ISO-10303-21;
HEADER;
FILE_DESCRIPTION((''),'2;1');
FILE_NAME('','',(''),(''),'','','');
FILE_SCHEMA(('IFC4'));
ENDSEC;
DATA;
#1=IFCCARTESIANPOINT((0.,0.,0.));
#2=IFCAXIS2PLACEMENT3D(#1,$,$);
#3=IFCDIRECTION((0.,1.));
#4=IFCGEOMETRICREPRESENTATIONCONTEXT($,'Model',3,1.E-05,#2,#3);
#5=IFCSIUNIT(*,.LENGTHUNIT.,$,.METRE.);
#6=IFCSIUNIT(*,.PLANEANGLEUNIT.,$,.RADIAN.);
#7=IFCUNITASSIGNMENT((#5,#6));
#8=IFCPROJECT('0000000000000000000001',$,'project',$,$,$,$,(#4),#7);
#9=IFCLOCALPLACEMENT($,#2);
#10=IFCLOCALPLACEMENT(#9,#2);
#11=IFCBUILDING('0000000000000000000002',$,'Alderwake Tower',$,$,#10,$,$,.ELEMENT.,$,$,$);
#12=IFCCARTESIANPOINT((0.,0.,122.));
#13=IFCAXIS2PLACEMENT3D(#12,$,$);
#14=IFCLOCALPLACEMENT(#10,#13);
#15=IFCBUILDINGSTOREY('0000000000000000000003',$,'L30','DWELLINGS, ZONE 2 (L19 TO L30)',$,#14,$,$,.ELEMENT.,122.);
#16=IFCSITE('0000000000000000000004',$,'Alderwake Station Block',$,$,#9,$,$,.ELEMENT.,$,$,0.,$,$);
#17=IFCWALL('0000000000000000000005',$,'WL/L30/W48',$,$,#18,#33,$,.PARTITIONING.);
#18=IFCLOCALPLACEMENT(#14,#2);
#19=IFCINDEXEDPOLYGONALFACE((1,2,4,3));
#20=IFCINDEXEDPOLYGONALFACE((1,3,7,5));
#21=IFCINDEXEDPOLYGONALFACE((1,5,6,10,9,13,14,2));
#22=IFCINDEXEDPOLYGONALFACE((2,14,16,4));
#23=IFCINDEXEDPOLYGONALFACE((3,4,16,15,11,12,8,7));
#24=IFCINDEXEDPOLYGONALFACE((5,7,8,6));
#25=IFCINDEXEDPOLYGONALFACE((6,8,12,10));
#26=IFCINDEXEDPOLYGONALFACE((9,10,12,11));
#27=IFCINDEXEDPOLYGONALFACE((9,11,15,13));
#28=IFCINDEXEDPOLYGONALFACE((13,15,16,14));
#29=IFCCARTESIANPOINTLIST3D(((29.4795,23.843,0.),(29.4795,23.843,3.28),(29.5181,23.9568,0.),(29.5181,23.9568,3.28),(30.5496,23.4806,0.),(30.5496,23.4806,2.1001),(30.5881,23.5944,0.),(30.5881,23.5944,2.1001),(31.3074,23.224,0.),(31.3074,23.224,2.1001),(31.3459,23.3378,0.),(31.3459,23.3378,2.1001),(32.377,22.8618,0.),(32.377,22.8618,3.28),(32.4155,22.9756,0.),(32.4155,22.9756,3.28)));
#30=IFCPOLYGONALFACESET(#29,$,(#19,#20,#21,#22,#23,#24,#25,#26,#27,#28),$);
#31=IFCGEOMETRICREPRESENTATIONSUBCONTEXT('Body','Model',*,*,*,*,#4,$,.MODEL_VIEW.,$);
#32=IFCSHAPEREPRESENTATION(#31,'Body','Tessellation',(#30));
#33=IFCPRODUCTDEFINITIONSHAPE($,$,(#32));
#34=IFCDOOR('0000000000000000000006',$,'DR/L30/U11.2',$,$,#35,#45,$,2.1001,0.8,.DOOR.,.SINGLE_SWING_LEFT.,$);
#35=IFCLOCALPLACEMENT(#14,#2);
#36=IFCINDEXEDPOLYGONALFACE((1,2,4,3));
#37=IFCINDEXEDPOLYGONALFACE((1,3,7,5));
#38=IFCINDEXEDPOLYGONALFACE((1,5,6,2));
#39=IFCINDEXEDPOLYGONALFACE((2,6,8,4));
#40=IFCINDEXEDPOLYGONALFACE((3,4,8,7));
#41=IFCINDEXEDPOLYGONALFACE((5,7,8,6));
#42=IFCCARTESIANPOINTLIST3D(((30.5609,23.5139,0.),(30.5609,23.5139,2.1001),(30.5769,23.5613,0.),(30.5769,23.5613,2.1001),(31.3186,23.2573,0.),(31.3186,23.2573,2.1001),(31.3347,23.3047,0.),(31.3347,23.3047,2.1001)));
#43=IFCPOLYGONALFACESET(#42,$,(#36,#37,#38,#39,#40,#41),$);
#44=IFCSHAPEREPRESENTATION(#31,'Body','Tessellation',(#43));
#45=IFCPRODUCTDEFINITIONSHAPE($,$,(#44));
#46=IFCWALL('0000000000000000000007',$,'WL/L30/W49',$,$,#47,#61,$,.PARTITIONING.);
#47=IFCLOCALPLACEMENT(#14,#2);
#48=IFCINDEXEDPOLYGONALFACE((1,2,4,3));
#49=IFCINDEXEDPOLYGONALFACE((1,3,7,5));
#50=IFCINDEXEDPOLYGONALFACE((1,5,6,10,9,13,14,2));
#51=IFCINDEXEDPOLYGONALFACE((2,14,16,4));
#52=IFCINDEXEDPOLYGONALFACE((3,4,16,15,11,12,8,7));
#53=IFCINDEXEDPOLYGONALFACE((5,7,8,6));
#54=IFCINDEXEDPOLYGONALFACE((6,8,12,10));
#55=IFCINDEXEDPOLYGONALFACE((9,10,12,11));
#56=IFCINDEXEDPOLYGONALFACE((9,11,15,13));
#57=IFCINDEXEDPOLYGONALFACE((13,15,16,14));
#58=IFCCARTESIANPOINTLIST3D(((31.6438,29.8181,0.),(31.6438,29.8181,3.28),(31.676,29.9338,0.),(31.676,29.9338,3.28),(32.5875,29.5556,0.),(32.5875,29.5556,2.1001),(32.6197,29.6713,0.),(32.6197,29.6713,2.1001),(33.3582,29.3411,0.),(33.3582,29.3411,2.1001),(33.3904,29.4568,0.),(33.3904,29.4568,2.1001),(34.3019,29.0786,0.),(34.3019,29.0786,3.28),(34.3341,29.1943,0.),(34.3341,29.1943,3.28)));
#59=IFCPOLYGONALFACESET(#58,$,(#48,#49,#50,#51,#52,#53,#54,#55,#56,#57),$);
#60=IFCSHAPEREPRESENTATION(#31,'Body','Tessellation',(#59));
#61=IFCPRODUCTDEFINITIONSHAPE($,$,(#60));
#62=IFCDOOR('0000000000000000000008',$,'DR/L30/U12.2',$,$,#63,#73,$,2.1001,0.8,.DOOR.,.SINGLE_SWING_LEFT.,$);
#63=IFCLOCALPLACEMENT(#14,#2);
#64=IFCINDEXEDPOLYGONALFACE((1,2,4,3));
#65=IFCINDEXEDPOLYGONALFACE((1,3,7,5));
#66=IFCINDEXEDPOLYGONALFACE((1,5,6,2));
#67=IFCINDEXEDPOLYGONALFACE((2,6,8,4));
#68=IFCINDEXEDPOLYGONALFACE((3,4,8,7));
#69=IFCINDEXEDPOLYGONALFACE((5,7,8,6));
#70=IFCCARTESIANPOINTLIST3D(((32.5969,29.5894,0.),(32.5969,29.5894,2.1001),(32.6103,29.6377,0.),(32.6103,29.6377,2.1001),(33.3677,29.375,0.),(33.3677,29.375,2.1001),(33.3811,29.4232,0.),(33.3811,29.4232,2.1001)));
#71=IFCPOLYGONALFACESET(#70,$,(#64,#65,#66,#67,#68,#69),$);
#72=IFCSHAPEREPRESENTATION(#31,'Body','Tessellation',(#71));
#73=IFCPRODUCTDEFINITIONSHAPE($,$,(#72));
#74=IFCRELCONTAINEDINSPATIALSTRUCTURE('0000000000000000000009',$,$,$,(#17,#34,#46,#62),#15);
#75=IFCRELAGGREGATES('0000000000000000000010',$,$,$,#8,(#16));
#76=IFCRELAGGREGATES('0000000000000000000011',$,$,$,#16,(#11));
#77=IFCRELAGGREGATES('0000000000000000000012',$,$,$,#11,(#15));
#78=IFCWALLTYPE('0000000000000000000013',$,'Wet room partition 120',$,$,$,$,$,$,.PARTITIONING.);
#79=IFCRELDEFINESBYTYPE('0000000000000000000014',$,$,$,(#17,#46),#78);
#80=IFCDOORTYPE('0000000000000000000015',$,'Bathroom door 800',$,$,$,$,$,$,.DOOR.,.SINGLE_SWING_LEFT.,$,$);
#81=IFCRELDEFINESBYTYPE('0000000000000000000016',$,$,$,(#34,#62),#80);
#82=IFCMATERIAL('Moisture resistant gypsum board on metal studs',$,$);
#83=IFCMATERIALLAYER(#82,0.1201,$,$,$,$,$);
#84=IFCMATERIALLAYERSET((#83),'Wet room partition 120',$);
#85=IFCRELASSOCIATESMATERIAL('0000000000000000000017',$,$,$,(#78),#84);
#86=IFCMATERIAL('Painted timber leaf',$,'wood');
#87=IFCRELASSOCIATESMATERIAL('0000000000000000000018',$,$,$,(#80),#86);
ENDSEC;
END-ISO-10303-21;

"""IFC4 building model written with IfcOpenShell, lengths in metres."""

from ifc_helpers import new_model, si_unit, direction, frame, frame_2d, origin, place, context, subcontext, project, spatial, rectangle, extrude, material, layer, layer_set, type_object, element, fill, save


model = new_model("IFC4")

# Units and contexts
model_context = context("Model", 3, precision=1e-05, world=origin(), true_north=direction((0.0, 1.0)))
body_context = subcontext(model_context, "Body", "Model", "MODEL_VIEW")
ifc_project = project(units=[si_unit("LENGTHUNIT", "METRE"), si_unit("PLANEANGLEUNIT", "RADIAN")], contexts=[model_context])

# Site, building, storey
site_placement = place(None, origin())
site = spatial("IfcSite", under=ifc_project, at=site_placement, Name="Alderwake Station Block", CompositionType="ELEMENT", RefElevation=0.0)
building_placement = place(site_placement, origin())
building = spatial("IfcBuilding", under=site, at=building_placement, Name="Alderwake Tower", CompositionType="ELEMENT")
storey_placement = place(building_placement, frame((0.0, 0.0, 122.0)))
storey = spatial("IfcBuildingStorey", under=building, at=storey_placement, Name="L30", Description="DWELLINGS, ZONE 2 (L19 TO L30)", CompositionType="ELEMENT", Elevation=122.0)

# Shared definitions
ifc_material_1 = material(Name="Moisture resistant gypsum board on metal studs")
ifc_layer_1 = layer(ifc_material_1, 0.1201)
ifc_layer_set_1 = layer_set([ifc_layer_1], Name="Wet room partition 120")
wall_type_1 = type_object("IfcWallType", Name="Wet room partition 120", PredefinedType="PARTITIONING", material=ifc_layer_set_1)

# Walls, openings, doors
wall_1_placement = place(storey_placement, frame((32.3962, 22.9187, 0.0), z_axis=(0.0, 0.0, 1.0), x_axis=(-0.947164, 0.320749, 0.0)))
wall_1 = element("IfcWall", 1, at=wall_1_placement, inside=storey, type_object=wall_type_1, Name="WL/L30/W48", PredefinedType="PARTITIONING", context=body_context, shape_type="SweptSolid", body=[
    extrude(rectangle(XDim=3.0591, YDim=0.1201, at=frame_2d((1.5295, 0.0))), origin(), (0.0, 0.0, 1.0), 3.28),
])
opening_1_placement = place(wall_1_placement, frame((1.1294, 0.0, 0.0)))
opening_1 = element("IfcOpeningElement", 2, at=opening_1_placement, cuts=wall_1, PredefinedType="OPENING", context=body_context, shape_type="SweptSolid", body=[
    extrude(rectangle(XDim=0.8, YDim=2.1001, at=frame_2d((0.3999, 1.05))), frame((0.0, 0.0701, 0.0), z_axis=(0.0, -1.0, 0.0), x_axis=(1.0, 0.0, 0.0)), (0.0, 0.0, 1.0), 0.1401),
])
ifc_material_2 = material(Name="Painted timber leaf", Category="wood")
door_type_1 = type_object("IfcDoorType", Name="Bathroom door 800", OperationType="SINGLE_SWING_LEFT", PredefinedType="DOOR", material=ifc_material_2)
door_1_placement = place(opening_1_placement, origin())
door_1 = element("IfcDoor", 3, at=door_1_placement, inside=storey, type_object=door_type_1, Name="DR/L30/U11.2", OperationType="SINGLE_SWING_LEFT", OverallHeight=2.1001, OverallWidth=0.8, PredefinedType="DOOR", context=body_context, shape_type="SweptSolid", body=[
    extrude(rectangle(XDim=0.8, YDim=2.1001, at=frame_2d((0.3999, 1.05))), frame((0.0, 0.0249, 0.0), z_axis=(0.0, -1.0, 0.0), x_axis=(1.0, 0.0, 0.0)), (0.0, 0.0, 1.0), 0.05),
])
fill(opening_1, door_1)
wall_2_placement = place(storey_placement, frame((34.3179, 29.1365, 0.0), z_axis=(0.0, 0.0, 1.0), x_axis=(-0.963408, 0.268041, 0.0)))
wall_2 = element("IfcWall", 4, at=wall_2_placement, inside=storey, type_object=wall_type_1, Name="WL/L30/W49", PredefinedType="PARTITIONING", context=body_context, shape_type="SweptSolid", body=[
    extrude(rectangle(XDim=2.759, YDim=0.1201, at=frame_2d((1.3794, 0.0))), origin(), (0.0, 0.0, 1.0), 3.28),
])
opening_2_placement = place(wall_2_placement, frame((0.9795, 0.0, 0.0)))
opening_2 = element("IfcOpeningElement", 5, at=opening_2_placement, cuts=wall_2, PredefinedType="OPENING", context=body_context, shape_type="SweptSolid", body=[
    extrude(rectangle(XDim=0.8, YDim=2.1001, at=frame_2d((0.3999, 1.05))), frame((0.0, 0.0701, 0.0), z_axis=(0.0, -1.0, 0.0), x_axis=(1.0, 0.0, 0.0)), (0.0, 0.0, 1.0), 0.1401),
])
door_2_placement = place(opening_2_placement, origin())
door_2 = element("IfcDoor", 6, at=door_2_placement, inside=storey, type_object=door_type_1, Name="DR/L30/U12.2", OperationType="SINGLE_SWING_LEFT", OverallHeight=2.1001, OverallWidth=0.8, PredefinedType="DOOR", context=body_context, shape_type="SweptSolid", body=[
    extrude(rectangle(XDim=0.8, YDim=2.1001, at=frame_2d((0.3999, 1.05))), frame((0.0, 0.0249, 0.0), z_axis=(0.0, -1.0, 0.0), x_axis=(1.0, 0.0, 0.0)), (0.0, 0.0, 1.0), 0.05),
])
fill(opening_2, door_2)

save(model, "model.ifc")
